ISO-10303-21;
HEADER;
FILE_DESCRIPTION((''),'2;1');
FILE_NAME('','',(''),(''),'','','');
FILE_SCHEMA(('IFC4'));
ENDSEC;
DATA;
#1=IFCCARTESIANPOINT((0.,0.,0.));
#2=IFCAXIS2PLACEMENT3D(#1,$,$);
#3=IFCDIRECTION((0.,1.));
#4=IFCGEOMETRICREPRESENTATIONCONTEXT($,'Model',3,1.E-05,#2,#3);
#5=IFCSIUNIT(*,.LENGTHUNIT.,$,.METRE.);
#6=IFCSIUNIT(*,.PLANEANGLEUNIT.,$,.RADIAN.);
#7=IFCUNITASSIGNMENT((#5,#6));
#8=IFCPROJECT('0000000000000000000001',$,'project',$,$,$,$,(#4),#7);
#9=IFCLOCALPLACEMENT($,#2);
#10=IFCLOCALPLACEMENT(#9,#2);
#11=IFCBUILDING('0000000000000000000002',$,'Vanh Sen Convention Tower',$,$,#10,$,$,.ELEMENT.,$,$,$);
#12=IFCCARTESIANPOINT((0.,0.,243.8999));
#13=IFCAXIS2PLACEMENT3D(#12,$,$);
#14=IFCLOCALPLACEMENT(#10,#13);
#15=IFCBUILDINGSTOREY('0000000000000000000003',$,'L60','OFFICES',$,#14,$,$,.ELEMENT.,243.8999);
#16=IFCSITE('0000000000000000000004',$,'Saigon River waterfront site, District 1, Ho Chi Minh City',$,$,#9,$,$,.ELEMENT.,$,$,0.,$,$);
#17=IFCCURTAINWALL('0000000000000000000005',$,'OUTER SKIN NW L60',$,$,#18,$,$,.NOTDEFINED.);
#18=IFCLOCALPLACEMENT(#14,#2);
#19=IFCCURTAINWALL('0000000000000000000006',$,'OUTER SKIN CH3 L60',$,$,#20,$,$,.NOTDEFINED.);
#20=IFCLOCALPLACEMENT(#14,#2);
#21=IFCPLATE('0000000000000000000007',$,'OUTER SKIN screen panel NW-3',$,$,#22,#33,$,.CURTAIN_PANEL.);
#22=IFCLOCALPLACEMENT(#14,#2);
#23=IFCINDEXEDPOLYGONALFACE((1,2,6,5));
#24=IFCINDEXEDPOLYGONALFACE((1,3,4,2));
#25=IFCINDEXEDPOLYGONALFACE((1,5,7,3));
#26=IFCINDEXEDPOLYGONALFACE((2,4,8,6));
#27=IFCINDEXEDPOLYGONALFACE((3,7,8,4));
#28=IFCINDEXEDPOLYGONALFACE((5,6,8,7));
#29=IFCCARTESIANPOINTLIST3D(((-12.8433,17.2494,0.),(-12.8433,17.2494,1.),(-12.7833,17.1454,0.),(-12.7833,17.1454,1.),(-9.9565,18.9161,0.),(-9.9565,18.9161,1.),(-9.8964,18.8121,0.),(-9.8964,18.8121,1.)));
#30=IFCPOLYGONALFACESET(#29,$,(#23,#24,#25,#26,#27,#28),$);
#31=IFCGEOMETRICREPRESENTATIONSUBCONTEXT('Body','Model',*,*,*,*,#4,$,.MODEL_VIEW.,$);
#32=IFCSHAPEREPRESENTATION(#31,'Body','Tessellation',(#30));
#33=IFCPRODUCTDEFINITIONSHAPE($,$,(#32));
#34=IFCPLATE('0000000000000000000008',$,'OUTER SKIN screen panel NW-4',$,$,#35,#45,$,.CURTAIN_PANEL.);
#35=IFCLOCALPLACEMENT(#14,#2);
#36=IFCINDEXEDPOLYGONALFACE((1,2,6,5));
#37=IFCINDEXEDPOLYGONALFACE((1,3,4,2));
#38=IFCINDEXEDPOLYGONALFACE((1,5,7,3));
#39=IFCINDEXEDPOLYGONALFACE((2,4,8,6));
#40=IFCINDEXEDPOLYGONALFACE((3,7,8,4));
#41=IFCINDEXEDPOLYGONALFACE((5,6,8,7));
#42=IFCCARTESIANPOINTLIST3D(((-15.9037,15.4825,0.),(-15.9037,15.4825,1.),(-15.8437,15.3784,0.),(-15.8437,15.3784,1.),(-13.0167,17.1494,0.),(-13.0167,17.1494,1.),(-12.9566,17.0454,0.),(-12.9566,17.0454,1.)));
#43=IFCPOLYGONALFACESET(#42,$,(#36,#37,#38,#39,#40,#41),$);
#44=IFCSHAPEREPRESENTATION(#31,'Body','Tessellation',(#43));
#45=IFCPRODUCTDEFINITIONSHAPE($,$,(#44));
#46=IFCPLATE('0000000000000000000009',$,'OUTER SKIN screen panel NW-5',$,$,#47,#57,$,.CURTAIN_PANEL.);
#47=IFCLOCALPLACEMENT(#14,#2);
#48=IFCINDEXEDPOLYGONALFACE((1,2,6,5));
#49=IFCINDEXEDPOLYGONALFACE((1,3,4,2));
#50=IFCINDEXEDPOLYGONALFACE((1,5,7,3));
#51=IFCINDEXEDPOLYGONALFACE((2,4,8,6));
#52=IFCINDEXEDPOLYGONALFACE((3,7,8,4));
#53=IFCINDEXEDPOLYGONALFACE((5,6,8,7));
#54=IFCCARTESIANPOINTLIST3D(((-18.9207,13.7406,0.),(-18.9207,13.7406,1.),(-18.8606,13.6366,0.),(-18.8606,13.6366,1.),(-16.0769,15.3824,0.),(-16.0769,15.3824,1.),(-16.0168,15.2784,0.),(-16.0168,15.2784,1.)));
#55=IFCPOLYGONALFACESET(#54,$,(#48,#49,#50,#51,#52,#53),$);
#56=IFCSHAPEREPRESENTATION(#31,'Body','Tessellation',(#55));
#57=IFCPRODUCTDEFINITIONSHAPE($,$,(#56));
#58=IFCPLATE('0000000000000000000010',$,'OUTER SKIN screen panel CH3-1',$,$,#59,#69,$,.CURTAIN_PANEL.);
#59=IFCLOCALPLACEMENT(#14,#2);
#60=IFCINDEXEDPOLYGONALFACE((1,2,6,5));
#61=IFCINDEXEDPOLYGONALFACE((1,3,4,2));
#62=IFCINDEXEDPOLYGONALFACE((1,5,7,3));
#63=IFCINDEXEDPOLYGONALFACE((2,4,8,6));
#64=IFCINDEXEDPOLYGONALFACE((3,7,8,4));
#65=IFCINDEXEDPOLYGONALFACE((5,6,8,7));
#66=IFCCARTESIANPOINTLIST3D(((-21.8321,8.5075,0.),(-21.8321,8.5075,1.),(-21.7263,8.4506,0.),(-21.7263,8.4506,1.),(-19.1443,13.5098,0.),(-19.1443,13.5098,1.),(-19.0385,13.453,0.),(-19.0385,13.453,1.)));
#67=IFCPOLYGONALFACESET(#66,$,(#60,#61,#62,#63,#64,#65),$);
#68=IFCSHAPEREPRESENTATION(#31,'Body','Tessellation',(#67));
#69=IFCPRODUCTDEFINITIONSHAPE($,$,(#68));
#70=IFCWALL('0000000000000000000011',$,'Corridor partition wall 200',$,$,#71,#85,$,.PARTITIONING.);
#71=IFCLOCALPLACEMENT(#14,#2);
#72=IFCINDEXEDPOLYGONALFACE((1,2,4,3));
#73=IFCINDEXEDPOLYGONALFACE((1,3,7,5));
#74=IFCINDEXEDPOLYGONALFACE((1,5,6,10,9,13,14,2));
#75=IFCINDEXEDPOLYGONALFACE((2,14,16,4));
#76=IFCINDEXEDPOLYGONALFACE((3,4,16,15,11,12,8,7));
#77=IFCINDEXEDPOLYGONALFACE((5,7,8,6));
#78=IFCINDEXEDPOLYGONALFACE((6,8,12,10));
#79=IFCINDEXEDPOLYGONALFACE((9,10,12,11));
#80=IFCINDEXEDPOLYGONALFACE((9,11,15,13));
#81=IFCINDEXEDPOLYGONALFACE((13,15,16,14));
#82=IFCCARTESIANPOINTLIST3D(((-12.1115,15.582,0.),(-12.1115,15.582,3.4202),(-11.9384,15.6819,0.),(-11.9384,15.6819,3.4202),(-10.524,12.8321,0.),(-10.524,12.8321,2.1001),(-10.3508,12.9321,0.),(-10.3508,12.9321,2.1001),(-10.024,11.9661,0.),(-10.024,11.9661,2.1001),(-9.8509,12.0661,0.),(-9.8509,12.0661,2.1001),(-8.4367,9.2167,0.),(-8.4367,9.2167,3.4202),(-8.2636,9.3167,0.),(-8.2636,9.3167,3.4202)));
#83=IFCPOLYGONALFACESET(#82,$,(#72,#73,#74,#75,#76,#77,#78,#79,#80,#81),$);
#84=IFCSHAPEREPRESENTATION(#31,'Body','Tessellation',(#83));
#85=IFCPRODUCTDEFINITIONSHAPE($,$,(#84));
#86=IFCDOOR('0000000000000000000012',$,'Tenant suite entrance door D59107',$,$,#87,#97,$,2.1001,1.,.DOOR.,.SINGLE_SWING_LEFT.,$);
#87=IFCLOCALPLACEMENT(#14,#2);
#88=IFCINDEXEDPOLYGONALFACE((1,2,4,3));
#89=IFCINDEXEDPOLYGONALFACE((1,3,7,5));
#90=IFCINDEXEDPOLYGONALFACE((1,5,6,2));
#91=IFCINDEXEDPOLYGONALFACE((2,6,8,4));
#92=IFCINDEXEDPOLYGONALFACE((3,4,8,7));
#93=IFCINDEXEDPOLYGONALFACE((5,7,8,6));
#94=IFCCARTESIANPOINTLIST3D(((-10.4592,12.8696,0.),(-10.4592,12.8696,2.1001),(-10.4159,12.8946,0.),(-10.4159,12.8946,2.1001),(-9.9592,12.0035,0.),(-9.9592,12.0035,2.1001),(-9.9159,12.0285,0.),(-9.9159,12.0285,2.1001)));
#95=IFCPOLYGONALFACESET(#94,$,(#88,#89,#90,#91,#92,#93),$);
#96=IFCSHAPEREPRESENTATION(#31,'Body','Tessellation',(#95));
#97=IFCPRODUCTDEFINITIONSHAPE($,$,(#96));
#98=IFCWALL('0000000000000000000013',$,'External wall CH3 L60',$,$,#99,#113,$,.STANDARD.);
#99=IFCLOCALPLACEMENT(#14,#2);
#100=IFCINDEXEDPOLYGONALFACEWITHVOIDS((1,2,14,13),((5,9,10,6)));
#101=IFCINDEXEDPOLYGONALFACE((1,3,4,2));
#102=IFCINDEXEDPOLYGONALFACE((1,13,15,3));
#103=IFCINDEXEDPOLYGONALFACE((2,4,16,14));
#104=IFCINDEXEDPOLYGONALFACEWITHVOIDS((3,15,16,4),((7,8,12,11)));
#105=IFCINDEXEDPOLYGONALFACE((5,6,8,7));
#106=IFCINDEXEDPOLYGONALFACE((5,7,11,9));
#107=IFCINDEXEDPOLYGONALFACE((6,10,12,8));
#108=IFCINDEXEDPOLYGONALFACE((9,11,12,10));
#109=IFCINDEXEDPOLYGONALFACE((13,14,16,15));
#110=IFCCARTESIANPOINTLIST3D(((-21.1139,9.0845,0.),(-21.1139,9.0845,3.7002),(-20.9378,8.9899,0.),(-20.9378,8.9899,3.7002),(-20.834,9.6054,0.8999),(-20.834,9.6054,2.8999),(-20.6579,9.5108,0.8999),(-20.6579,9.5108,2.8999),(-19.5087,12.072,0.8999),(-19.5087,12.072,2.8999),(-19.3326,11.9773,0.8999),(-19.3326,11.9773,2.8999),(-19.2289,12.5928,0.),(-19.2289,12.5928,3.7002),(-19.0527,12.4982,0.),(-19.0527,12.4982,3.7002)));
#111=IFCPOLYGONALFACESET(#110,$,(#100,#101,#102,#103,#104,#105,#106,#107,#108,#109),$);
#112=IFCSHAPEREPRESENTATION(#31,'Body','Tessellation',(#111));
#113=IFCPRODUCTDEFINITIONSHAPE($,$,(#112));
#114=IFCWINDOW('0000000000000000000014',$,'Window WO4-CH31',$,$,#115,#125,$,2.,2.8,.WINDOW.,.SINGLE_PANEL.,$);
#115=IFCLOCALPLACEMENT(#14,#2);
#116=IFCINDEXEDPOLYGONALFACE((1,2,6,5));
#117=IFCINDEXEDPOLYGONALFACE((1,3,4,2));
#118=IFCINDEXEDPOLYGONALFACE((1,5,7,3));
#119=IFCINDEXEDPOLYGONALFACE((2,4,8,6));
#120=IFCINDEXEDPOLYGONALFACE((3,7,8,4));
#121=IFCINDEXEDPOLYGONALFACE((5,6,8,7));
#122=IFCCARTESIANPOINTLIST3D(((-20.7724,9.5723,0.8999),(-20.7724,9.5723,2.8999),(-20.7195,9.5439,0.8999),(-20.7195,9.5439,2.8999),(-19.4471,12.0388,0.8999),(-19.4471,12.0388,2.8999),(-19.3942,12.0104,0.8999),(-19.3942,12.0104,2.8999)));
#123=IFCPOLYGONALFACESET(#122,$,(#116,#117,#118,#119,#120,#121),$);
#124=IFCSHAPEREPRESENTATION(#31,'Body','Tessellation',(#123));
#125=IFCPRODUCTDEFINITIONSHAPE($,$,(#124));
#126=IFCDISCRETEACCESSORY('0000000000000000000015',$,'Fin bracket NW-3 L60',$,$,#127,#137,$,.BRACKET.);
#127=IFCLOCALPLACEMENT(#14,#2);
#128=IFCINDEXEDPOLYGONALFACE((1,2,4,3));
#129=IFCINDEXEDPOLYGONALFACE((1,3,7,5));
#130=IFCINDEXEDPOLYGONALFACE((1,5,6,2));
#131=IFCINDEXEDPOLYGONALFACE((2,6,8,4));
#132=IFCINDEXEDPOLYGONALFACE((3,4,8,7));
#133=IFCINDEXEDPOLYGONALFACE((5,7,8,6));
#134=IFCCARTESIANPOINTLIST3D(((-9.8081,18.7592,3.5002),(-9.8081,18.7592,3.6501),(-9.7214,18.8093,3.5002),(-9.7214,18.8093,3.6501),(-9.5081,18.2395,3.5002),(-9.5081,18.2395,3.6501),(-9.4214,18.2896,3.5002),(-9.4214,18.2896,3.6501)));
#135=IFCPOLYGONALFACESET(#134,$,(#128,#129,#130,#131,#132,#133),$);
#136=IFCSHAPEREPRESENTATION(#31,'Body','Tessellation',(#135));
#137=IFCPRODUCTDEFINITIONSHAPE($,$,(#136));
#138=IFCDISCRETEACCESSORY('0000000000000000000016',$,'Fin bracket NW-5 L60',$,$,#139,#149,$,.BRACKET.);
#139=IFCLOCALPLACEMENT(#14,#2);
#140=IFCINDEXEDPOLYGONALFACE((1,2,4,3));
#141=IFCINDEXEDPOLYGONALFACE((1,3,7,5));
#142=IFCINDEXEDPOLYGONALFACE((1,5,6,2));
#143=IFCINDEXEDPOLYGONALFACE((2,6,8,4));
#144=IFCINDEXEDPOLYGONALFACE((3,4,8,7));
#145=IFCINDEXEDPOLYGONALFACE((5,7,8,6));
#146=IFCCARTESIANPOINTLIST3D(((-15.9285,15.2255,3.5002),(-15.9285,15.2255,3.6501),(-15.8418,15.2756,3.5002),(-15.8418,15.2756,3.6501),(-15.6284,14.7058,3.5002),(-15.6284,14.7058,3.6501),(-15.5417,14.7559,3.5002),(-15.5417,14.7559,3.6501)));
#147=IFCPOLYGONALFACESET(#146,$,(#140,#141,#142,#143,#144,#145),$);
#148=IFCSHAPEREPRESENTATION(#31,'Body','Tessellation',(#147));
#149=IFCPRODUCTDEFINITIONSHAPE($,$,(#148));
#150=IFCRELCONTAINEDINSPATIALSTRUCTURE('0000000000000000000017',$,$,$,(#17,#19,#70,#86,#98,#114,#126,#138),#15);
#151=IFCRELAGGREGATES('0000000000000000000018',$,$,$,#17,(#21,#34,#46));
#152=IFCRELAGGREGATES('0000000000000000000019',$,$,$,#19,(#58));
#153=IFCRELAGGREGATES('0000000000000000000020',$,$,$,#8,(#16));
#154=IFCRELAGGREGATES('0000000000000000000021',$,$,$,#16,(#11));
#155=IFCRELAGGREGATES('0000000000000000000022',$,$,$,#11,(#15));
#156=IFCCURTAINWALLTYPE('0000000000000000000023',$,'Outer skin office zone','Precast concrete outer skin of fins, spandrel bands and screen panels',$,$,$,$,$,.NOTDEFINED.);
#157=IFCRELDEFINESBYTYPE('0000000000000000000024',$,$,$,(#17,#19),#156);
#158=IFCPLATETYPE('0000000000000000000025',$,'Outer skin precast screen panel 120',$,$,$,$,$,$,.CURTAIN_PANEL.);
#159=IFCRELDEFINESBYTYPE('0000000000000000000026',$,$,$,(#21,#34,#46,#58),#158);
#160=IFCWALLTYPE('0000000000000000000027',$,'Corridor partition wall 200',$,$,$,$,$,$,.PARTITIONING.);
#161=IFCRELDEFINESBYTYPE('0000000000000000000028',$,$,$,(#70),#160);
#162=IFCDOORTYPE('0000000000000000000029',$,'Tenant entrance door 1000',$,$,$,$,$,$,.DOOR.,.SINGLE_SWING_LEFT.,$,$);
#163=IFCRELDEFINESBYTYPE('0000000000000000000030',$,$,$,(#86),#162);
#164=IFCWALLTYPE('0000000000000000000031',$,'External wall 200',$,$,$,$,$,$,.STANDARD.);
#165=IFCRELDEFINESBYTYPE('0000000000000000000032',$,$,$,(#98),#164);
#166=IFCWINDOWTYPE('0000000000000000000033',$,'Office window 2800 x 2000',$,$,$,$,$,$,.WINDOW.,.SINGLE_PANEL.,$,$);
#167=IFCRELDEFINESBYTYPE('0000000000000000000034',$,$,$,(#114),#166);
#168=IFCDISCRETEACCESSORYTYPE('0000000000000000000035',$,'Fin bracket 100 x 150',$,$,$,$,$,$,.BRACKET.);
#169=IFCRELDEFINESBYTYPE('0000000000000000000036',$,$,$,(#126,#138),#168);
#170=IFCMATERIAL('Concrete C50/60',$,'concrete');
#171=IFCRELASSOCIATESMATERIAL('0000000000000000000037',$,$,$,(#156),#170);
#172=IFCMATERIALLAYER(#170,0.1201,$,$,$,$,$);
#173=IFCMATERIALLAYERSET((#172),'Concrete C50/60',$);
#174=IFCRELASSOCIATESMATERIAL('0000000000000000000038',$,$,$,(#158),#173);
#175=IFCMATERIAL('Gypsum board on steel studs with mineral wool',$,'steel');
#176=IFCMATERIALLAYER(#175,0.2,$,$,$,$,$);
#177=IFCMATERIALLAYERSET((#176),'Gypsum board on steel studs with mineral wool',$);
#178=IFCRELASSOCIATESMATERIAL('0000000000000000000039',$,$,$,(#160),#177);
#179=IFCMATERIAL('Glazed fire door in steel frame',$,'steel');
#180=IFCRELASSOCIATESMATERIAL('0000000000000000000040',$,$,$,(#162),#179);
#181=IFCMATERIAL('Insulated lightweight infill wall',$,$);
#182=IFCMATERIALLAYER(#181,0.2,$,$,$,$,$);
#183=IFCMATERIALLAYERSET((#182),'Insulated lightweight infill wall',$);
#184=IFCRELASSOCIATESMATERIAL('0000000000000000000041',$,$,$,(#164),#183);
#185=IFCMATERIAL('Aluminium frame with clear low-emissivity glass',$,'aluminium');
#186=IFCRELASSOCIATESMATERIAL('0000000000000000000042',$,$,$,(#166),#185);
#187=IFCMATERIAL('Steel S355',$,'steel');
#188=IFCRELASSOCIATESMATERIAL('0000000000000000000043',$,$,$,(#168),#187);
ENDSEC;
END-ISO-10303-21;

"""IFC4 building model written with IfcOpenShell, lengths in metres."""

from ifc_helpers import new_model, si_unit, direction, frame, frame_2d, origin, origin_2d, place, context, subcontext, project, spatial, rectangle, extrude, material, layer, layer_set, type_object, element, fill, aggregate, save


model = new_model("IFC4")

# Units and contexts
model_context = context("Model", 3, precision=1e-05, world=origin(), true_north=direction((0.0, 1.0)))
body_context = subcontext(model_context, "Body", "Model", "MODEL_VIEW")
ifc_project = project(units=[si_unit("LENGTHUNIT", "METRE"), si_unit("PLANEANGLEUNIT", "RADIAN")], contexts=[model_context])

# Site, building, storey
site_placement = place(None, origin())
site = spatial("IfcSite", under=ifc_project, at=site_placement, Name="Saigon River waterfront site, District 1, Ho Chi Minh City", CompositionType="ELEMENT", RefElevation=0.0)
building_placement = place(site_placement, origin())
building = spatial("IfcBuilding", under=site, at=building_placement, Name="Vanh Sen Convention Tower", CompositionType="ELEMENT")
storey_placement = place(building_placement, frame((0.0, 0.0, 243.8999)))
storey = spatial("IfcBuildingStorey", under=building, at=storey_placement, Name="L60", Description="OFFICES", CompositionType="ELEMENT", Elevation=243.8999)

# Curtain wall
ifc_material_1 = material(Name="Concrete C50/60", Category="concrete")
curtain_wall_type = type_object("IfcCurtainWallType", Name="Outer skin office zone", Description="Precast concrete outer skin of fins, spandrel bands and screen panels", PredefinedType="NOTDEFINED", material=ifc_material_1)
curtain_wall_1_placement = place(storey_placement, origin())
curtain_wall_1 = element("IfcCurtainWall", 1, at=curtain_wall_1_placement, inside=storey, type_object=curtain_wall_type, Name="OUTER SKIN NW L60", PredefinedType="NOTDEFINED")

# Curtain wall
curtain_wall_2_placement = place(storey_placement, origin())
curtain_wall_2 = element("IfcCurtainWall", 2, at=curtain_wall_2_placement, inside=storey, type_object=curtain_wall_type, Name="OUTER SKIN CH3 L60", PredefinedType="NOTDEFINED")

# Plates
ifc_layer_1 = layer(ifc_material_1, 0.1201)
ifc_layer_set_1 = layer_set([ifc_layer_1], Name="Concrete C50/60")
plate_type = type_object("IfcPlateType", Name="Outer skin precast screen panel 120", PredefinedType="CURTAIN_PANEL", material=ifc_layer_set_1)
plate_1_placement = place(storey_placement, frame((-11.3699, 18.0308, 0.0), z_axis=(0.0, 0.0, 1.0), x_axis=(-0.866026, -0.499998, 0.0)))
plate_1 = element("IfcPlate", 3, at=plate_1_placement, type_object=plate_type, Name="OUTER SKIN screen panel NW-3", PredefinedType="CURTAIN_PANEL", context=body_context, shape_type="SweptSolid", body=[
    extrude(rectangle(XDim=3.3335, YDim=0.1201, at=origin_2d()), origin(), (0.0, 0.0, 1.0), 1.0),
])
plate_2_placement = place(storey_placement, frame((-14.4302, 16.2639, 0.0), z_axis=(0.0, 0.0, 1.0), x_axis=(-0.866014, -0.50002, 0.0)))
plate_2 = element("IfcPlate", 4, at=plate_2_placement, type_object=plate_type, Name="OUTER SKIN screen panel NW-4", PredefinedType="CURTAIN_PANEL", context=body_context, shape_type="SweptSolid", body=[
    extrude(rectangle(XDim=3.3337, YDim=0.1201, at=origin_2d()), origin(), (0.0, 0.0, 1.0), 1.0),
])
plate_3_placement = place(storey_placement, frame((-17.4688, 14.5095, 0.0), z_axis=(0.0, 0.0, 1.0), x_axis=(-0.866033, -0.499986, 0.0)))
plate_3 = element("IfcPlate", 5, at=plate_3_placement, type_object=plate_type, Name="OUTER SKIN screen panel NW-5", PredefinedType="CURTAIN_PANEL", context=body_context, shape_type="SweptSolid", body=[
    extrude(rectangle(XDim=3.2837, YDim=0.1201, at=origin_2d()), origin(), (0.0, 0.0, 1.0), 1.0),
])
aggregate(curtain_wall_1, [plate_1, plate_2, plate_3])
plate_4_placement = place(storey_placement, frame((-20.4353, 10.9802, 0.0), z_axis=(0.0, 0.0, 1.0), x_axis=(-0.473307, -0.880897, 0.0)))
plate_4 = element("IfcPlate", 6, at=plate_4_placement, type_object=plate_type, Name="OUTER SKIN screen panel CH3-1", PredefinedType="CURTAIN_PANEL", context=body_context, shape_type="SweptSolid", body=[
    extrude(rectangle(XDim=5.6787, YDim=0.1201, at=origin_2d()), origin(), (0.0, 0.0, 1.0), 1.0),
])
aggregate(curtain_wall_2, [plate_4])

# Wall, opening, door
ifc_material_2 = material(Name="Gypsum board on steel studs with mineral wool", Category="steel")
ifc_layer_2 = layer(ifc_material_2, 0.2)
ifc_layer_set_2 = layer_set([ifc_layer_2], Name="Gypsum board on steel studs with mineral wool")
wall_type_1 = type_object("IfcWallType", Name="Corridor partition wall 200", PredefinedType="PARTITIONING", material=ifc_layer_set_2)
wall_1_placement = place(storey_placement, frame((-12.0249, 15.6318, 0.0), z_axis=(0.0, 0.0, 1.0), x_axis=(0.499983, -0.866035, 0.0)))
wall_1 = element("IfcWall", 7, at=wall_1_placement, inside=storey, type_object=wall_type_1, Name="Corridor partition wall 200", PredefinedType="PARTITIONING", context=body_context, shape_type="SweptSolid", body=[
    extrude(rectangle(XDim=7.3499, YDim=0.2, at=frame_2d((3.6748, 0.0))), origin(), (0.0, 0.0, 1.0), 3.4202),
])
opening_1_placement = place(wall_1_placement, frame((3.175, 0.0, 0.0)))
opening_1 = element("IfcOpeningElement", 8, at=opening_1_placement, cuts=wall_1, PredefinedType="OPENING", context=body_context, shape_type="SweptSolid", body=[
    extrude(rectangle(XDim=1.0, YDim=2.1001, at=frame_2d((0.5, 1.05))), frame((0.0, 0.1099, 0.0), z_axis=(0.0, -1.0, 0.0), x_axis=(1.0, 0.0, 0.0)), (0.0, 0.0, 1.0), 0.22),
])
ifc_material_3 = material(Name="Glazed fire door in steel frame", Category="steel")
door_type = type_object("IfcDoorType", Name="Tenant entrance door 1000", OperationType="SINGLE_SWING_LEFT", PredefinedType="DOOR", material=ifc_material_3)
door_placement = place(opening_1_placement, origin())
door = element("IfcDoor", 9, at=door_placement, inside=storey, type_object=door_type, Name="Tenant suite entrance door D59107", OperationType="SINGLE_SWING_LEFT", OverallHeight=2.1001, OverallWidth=1.0, PredefinedType="DOOR", context=body_context, shape_type="SweptSolid", body=[
    extrude(rectangle(XDim=1.0, YDim=2.1001, at=frame_2d((0.5, 1.05))), frame((0.0, 0.0249, 0.0), z_axis=(0.0, -1.0, 0.0), x_axis=(1.0, 0.0, 0.0)), (0.0, 0.0, 1.0), 0.05),
])
fill(opening_1, door)

# Wall, opening, window
ifc_material_4 = material(Name="Insulated lightweight infill wall")
ifc_layer_3 = layer(ifc_material_4, 0.2)
ifc_layer_set_3 = layer_set([ifc_layer_3], Name="Insulated lightweight infill wall")
wall_type_2 = type_object("IfcWallType", Name="External wall 200", PredefinedType="STANDARD", material=ifc_layer_set_3)
wall_2_placement = place(storey_placement, frame((-19.1409, 12.5454, 0.0), z_axis=(0.0, 0.0, 1.0), x_axis=(-0.473306, -0.880898, 0.0)))
wall_2 = element("IfcWall", 10, at=wall_2_placement, inside=storey, type_object=wall_type_2, Name="External wall CH3 L60", PredefinedType="STANDARD", context=body_context, shape_type="SweptSolid", body=[
    extrude(rectangle(XDim=3.9827, YDim=0.2, at=frame_2d((1.9912, 0.0))), origin(), (0.0, 0.0, 1.0), 3.7002),
])
opening_2_placement = place(wall_2_placement, frame((0.5913, 0.0, 0.8999)))
opening_2 = element("IfcOpeningElement", 11, at=opening_2_placement, cuts=wall_2, PredefinedType="OPENING", context=body_context, shape_type="SweptSolid", body=[
    extrude(rectangle(XDim=2.8, YDim=2.0, at=frame_2d((1.3999, 1.0))), frame((0.0, 0.1099, 0.0), z_axis=(0.0, -1.0, 0.0), x_axis=(1.0, 0.0, 0.0)), (0.0, 0.0, 1.0), 0.22),
])
ifc_material_5 = material(Name="Aluminium frame with clear low-emissivity glass", Category="aluminium")
window_type = type_object("IfcWindowType", Name="Office window 2800 x 2000", PartitioningType="SINGLE_PANEL", PredefinedType="WINDOW", material=ifc_material_5)
window_placement = place(opening_2_placement, origin())
window = element("IfcWindow", 12, at=window_placement, inside=storey, type_object=window_type, Name="Window WO4-CH31", OverallHeight=2.0, OverallWidth=2.8, PartitioningType="SINGLE_PANEL", PredefinedType="WINDOW", context=body_context, shape_type="SweptSolid", body=[
    extrude(rectangle(XDim=2.8, YDim=2.0, at=frame_2d((1.3999, 1.0))), frame((0.0, 0.03, 0.0), z_axis=(0.0, -1.0, 0.0), x_axis=(1.0, 0.0, 0.0)), (0.0, 0.0, 1.0), 0.0601),
])
fill(opening_2, window)

# Discrete accessories
ifc_material_6 = material(Name="Steel S355", Category="steel")
discrete_accessory_type = type_object("IfcDiscreteAccessoryType", Name="Fin bracket 100 x 150", PredefinedType="BRACKET", material=ifc_material_6)
for number, where, z_axis, x_axis, name in (
    (13, (-9.6147, 18.5244, 3.5002), (0.0, 0.0, 1.0), (-0.5, 0.866025, 0.0), "Fin bracket NW-3 L60"),
    (14, (-15.7351, 14.9907, 3.5002), (0.0, 0.0, 1.0), (-0.5, 0.866025, 0.0), "Fin bracket NW-5 L60"),
):
    element("IfcDiscreteAccessory", number, at=place(storey_placement, frame(where, z_axis=z_axis, x_axis=x_axis)), inside=storey, type_object=discrete_accessory_type, Name=name, PredefinedType="BRACKET", context=body_context, shape_type="SweptSolid", body=[
        extrude(rectangle(XDim=0.6001, YDim=0.1001, at=origin_2d()), origin(), (0.0, 0.0, 1.0), 0.1499),
    ])

save(model, "model.ifc")
